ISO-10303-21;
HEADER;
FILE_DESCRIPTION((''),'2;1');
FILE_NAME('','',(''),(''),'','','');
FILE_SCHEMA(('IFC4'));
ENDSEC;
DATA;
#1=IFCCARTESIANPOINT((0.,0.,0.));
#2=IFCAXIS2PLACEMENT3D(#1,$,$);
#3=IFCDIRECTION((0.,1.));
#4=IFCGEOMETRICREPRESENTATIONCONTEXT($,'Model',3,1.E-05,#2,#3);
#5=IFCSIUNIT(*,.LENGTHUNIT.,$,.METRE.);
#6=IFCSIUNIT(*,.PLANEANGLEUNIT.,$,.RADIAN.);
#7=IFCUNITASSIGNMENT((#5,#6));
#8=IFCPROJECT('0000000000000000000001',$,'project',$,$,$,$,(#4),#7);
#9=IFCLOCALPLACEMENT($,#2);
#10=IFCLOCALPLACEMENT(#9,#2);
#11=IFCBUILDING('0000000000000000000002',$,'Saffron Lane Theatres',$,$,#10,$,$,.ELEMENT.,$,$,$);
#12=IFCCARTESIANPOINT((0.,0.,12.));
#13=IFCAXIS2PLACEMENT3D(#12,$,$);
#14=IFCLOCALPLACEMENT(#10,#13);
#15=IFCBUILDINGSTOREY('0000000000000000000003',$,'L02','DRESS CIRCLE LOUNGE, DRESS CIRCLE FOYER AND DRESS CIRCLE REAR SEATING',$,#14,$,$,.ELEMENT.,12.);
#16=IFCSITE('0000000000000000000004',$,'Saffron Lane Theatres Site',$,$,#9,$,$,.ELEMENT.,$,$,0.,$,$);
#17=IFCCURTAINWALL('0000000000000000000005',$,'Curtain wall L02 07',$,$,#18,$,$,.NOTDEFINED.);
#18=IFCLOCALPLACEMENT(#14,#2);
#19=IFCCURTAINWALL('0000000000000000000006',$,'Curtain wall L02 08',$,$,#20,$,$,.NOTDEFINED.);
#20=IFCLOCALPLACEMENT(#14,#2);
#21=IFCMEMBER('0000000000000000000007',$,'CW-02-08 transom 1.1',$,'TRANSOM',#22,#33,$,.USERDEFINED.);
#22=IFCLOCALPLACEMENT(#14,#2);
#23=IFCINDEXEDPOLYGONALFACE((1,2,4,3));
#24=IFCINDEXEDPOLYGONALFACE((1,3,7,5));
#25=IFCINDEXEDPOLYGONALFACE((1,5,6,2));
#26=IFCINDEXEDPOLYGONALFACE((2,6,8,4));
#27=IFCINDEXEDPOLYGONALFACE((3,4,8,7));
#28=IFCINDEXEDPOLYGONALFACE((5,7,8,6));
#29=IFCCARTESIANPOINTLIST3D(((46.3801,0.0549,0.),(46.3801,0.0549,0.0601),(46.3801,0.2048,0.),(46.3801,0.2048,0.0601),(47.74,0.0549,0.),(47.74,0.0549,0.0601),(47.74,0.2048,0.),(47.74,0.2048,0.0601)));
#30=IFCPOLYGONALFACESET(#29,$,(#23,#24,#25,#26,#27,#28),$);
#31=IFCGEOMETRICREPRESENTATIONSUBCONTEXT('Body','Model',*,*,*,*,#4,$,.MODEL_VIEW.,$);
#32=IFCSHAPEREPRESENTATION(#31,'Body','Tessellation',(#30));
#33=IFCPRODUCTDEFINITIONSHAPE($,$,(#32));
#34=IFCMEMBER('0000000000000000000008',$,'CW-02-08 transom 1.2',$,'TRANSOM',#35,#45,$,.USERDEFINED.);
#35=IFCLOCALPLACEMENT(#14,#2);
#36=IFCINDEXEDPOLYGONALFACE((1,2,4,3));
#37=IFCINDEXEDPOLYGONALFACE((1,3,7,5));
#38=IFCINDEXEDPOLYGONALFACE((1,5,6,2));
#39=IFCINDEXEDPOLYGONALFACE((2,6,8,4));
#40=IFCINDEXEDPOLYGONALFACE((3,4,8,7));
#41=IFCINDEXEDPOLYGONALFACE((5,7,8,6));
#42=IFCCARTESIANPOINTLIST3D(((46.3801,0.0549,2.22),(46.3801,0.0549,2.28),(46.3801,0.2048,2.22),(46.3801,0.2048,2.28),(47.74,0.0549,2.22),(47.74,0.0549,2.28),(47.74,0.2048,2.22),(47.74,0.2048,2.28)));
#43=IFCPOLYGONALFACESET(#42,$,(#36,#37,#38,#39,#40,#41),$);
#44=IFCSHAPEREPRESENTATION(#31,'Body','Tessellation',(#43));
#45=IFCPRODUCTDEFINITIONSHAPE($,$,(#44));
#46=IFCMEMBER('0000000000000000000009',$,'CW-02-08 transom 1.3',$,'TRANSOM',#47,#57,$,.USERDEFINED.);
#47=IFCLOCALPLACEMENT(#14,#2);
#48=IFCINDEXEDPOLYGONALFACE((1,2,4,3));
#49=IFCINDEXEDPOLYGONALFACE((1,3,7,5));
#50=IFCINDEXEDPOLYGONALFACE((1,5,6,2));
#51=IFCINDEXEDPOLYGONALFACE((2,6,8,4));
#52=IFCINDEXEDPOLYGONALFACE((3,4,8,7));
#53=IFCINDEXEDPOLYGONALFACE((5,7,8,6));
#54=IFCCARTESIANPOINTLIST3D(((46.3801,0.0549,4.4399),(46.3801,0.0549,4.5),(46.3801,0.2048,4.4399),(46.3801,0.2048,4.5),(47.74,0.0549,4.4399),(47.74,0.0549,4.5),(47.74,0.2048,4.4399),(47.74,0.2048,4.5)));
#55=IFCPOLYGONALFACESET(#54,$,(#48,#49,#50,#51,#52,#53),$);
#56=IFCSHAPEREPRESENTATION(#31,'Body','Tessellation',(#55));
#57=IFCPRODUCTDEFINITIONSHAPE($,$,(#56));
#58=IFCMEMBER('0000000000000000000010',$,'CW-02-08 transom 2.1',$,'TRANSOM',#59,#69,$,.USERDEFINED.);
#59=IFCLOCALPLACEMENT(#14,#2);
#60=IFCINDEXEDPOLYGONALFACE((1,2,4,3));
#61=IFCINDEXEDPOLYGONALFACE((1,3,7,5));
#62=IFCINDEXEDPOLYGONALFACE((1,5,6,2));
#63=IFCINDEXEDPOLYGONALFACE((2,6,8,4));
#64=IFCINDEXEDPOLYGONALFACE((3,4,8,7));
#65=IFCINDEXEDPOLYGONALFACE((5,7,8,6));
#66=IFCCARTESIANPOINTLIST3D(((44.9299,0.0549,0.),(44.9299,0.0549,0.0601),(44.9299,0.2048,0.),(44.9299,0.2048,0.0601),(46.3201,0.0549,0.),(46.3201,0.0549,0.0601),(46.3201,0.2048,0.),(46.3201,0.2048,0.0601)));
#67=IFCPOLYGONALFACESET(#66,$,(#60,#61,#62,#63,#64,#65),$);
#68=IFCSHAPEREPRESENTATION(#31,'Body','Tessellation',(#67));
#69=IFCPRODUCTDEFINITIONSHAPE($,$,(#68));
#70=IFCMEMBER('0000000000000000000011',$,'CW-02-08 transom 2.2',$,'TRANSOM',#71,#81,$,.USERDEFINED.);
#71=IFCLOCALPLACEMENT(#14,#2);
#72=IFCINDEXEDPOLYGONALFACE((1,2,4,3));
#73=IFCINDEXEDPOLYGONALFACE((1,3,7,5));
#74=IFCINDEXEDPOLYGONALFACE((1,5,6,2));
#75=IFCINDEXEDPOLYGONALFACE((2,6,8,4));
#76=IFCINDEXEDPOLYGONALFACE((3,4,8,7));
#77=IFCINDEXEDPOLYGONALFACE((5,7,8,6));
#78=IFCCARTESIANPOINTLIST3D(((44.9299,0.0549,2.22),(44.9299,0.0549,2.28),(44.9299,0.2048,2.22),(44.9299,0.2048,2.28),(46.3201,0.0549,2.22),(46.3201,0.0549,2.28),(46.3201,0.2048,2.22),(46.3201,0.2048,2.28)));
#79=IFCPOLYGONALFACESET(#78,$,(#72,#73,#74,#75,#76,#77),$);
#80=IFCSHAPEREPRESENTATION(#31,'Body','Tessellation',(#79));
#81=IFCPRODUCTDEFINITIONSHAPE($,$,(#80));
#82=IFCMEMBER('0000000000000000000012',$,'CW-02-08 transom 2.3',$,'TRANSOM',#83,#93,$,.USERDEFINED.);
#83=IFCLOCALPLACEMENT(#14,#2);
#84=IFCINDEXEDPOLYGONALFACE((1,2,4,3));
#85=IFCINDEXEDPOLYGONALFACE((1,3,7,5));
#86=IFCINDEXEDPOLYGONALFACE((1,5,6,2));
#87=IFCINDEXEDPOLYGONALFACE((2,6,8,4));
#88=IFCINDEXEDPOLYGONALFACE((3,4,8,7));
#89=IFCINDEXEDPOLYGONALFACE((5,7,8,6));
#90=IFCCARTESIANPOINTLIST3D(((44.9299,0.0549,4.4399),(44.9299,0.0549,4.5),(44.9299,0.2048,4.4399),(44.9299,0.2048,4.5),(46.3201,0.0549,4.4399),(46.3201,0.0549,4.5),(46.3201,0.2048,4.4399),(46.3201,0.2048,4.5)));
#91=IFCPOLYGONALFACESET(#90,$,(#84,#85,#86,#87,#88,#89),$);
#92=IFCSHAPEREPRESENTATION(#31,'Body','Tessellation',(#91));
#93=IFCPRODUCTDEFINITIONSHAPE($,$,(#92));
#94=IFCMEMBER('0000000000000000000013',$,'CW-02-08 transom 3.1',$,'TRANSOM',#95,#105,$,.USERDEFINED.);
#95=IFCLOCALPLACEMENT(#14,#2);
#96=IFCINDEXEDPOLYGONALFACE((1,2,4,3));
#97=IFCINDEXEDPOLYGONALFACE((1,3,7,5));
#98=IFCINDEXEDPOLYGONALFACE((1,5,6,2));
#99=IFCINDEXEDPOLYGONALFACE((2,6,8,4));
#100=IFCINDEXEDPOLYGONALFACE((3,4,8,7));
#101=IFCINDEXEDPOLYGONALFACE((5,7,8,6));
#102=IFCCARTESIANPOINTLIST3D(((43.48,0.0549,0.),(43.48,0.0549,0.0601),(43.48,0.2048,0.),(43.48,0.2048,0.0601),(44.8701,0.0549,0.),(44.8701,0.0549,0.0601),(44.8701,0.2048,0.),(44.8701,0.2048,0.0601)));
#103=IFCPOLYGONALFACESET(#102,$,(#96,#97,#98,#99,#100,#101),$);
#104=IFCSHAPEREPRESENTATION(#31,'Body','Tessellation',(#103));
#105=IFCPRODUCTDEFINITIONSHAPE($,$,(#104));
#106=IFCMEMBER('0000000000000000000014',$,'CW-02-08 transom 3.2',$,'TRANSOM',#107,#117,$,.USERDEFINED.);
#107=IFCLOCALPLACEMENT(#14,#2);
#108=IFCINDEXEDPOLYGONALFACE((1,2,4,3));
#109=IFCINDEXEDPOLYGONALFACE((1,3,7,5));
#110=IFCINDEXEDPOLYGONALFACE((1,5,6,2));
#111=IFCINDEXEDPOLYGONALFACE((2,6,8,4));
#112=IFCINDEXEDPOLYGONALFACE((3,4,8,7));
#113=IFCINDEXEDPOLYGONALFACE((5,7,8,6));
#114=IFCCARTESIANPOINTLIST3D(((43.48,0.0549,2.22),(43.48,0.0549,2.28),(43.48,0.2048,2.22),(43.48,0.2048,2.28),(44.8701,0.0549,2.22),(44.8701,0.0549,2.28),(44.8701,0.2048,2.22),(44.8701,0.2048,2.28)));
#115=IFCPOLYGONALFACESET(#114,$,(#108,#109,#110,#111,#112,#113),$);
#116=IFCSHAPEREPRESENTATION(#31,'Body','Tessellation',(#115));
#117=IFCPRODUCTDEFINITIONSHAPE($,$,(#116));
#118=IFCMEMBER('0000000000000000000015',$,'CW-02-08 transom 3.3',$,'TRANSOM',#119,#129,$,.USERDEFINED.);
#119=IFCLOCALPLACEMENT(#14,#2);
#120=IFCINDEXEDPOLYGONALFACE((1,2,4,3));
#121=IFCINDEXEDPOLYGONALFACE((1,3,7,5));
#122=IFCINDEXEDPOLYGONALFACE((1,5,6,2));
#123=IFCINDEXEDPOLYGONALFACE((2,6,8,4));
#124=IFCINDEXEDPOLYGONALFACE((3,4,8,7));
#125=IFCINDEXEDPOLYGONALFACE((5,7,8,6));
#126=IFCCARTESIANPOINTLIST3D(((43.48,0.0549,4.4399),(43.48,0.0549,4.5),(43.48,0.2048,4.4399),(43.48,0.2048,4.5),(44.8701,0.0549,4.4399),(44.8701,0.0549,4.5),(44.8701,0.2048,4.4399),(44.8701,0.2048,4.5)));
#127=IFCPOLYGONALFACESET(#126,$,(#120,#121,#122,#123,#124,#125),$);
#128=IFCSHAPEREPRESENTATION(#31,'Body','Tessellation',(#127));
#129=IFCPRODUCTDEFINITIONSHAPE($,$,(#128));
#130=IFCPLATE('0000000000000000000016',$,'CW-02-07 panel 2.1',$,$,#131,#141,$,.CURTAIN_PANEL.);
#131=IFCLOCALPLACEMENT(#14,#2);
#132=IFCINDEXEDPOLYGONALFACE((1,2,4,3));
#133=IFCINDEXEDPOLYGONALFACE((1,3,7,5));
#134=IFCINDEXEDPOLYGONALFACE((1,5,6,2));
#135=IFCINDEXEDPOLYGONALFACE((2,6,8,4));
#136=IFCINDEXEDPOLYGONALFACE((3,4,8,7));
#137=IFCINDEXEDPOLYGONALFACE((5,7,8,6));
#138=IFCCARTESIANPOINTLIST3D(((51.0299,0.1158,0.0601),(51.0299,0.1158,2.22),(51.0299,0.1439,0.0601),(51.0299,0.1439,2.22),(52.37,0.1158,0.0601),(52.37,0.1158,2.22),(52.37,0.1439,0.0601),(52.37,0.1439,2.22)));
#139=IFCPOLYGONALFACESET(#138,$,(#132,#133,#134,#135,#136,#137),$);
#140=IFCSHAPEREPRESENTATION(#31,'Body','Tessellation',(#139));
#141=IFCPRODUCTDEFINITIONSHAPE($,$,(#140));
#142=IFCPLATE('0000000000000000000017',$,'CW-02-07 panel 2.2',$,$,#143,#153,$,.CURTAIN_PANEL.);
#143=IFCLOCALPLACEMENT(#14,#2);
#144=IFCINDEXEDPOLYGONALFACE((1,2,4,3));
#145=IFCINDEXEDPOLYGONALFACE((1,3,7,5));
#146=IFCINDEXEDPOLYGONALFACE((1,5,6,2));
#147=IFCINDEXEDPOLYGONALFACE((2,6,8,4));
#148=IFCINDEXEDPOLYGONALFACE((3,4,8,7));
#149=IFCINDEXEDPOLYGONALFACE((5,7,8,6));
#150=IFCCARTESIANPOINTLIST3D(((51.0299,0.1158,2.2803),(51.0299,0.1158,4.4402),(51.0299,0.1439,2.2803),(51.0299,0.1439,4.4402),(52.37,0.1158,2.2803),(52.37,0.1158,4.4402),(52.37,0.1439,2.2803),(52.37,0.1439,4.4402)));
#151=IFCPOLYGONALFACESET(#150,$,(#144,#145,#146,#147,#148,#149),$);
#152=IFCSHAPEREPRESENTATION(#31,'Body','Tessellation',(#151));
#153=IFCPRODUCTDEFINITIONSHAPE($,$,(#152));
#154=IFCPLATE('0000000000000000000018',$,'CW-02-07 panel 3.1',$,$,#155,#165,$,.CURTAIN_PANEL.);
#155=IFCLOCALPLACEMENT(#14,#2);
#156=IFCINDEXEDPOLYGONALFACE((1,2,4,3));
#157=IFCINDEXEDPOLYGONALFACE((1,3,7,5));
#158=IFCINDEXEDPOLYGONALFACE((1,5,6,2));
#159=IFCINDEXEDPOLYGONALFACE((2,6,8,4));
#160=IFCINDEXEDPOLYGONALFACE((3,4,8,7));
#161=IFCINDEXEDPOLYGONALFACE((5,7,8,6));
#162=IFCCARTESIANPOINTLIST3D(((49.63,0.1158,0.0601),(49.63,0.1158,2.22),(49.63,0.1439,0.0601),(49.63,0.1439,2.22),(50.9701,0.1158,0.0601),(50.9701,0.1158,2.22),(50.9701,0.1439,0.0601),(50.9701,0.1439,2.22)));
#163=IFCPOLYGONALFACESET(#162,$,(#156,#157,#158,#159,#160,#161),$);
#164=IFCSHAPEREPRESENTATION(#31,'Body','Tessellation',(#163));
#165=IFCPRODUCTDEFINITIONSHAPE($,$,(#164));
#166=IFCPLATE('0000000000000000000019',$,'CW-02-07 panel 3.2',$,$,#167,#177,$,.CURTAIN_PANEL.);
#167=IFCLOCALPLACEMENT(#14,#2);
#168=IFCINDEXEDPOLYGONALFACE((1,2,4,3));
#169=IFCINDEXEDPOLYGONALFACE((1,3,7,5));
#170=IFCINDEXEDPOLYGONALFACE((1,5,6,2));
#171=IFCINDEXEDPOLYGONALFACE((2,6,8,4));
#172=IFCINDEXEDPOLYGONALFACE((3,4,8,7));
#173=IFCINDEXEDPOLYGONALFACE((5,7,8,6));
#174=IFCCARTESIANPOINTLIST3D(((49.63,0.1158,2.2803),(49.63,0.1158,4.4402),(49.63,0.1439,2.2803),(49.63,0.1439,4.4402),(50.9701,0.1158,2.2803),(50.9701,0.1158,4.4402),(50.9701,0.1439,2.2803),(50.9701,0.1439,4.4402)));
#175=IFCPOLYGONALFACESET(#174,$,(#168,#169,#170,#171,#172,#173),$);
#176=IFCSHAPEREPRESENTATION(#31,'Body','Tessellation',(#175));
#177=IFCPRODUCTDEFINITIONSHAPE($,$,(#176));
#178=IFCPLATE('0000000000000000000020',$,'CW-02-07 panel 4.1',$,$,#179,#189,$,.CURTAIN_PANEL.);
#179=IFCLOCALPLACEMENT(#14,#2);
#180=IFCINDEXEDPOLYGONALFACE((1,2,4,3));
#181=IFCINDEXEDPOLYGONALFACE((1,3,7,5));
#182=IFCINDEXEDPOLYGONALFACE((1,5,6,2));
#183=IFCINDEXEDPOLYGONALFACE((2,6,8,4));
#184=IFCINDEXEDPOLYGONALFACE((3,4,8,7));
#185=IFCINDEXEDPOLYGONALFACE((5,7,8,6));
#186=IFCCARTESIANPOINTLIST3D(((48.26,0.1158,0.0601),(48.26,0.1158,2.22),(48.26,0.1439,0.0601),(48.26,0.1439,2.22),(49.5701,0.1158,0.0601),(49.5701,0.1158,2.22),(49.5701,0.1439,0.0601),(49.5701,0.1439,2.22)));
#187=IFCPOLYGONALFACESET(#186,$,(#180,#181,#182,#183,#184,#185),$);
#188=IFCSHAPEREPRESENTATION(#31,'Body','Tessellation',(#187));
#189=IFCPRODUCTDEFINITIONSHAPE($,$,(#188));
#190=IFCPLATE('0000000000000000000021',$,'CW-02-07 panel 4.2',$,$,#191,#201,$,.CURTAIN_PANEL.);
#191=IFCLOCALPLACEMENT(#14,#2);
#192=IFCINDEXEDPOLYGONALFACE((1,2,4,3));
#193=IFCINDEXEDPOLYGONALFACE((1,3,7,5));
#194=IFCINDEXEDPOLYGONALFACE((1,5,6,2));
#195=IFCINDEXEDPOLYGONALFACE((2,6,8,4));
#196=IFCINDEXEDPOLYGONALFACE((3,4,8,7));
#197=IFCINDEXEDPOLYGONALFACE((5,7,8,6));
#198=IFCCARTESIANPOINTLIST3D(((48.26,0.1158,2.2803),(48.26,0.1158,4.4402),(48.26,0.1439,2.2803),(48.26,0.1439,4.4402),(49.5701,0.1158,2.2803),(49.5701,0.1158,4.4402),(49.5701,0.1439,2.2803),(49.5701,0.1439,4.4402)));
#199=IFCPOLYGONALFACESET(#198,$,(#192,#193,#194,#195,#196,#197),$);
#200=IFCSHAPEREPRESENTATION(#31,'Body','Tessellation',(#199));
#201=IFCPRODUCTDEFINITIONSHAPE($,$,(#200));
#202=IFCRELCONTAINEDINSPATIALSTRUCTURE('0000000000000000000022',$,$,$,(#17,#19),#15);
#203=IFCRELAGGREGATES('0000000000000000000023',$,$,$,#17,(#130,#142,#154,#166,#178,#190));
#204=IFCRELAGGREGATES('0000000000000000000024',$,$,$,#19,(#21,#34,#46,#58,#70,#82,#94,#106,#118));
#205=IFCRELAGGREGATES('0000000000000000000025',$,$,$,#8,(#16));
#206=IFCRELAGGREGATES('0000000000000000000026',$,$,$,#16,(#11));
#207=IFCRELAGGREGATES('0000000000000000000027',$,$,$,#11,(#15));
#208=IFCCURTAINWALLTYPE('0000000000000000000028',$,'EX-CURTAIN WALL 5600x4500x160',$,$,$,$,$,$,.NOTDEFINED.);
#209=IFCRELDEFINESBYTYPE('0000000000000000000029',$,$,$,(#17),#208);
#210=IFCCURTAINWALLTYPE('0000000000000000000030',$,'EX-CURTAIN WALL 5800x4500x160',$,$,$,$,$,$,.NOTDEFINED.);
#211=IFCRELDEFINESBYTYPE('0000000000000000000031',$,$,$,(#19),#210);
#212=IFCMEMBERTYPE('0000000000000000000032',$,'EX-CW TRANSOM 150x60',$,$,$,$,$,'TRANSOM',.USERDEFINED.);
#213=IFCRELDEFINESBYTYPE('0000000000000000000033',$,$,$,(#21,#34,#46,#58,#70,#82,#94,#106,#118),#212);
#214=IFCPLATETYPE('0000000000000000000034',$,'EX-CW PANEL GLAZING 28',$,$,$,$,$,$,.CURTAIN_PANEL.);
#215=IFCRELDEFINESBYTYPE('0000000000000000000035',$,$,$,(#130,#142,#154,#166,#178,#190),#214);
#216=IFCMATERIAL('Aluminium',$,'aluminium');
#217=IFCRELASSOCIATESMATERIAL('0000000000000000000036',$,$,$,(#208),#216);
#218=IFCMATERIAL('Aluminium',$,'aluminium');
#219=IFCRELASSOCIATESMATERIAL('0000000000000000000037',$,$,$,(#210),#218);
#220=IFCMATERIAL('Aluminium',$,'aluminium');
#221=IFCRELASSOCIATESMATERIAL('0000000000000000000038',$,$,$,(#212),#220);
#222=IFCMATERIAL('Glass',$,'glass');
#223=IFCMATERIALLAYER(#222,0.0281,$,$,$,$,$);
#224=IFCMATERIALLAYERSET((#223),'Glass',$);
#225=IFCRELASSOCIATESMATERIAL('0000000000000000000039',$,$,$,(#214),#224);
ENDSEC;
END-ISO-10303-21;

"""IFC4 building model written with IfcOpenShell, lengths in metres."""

from ifc_helpers import new_model, si_unit, direction, frame, origin, origin_2d, place, context, subcontext, project, spatial, rectangle, extrude, material, layer, layer_set, material_profile, profile_set, type_object, element, aggregate, save


model = new_model("IFC4")

# Units and contexts
model_context = context("Model", 3, precision=1e-05, world=origin(), true_north=direction((0.0, 1.0)))
body_context = subcontext(model_context, "Body", "Model", "MODEL_VIEW")
ifc_project = project(units=[si_unit("LENGTHUNIT", "METRE"), si_unit("PLANEANGLEUNIT", "RADIAN")], contexts=[model_context])

# Site, building, storey
site_placement = place(None, origin())
site = spatial("IfcSite", under=ifc_project, at=site_placement, Name="Saffron Lane Theatres Site", CompositionType="ELEMENT", RefElevation=0.0)
building_placement = place(site_placement, origin())
building = spatial("IfcBuilding", under=site, at=building_placement, Name="Saffron Lane Theatres", CompositionType="ELEMENT")
storey_placement = place(building_placement, frame((0.0, 0.0, 12.0)))
storey = spatial("IfcBuildingStorey", under=building, at=storey_placement, Name="L02", Description="DRESS CIRCLE LOUNGE, DRESS CIRCLE FOYER AND DRESS CIRCLE REAR SEATING", CompositionType="ELEMENT", Elevation=12.0)

# Curtain walls
ifc_material_1 = material(Name="Aluminium", Category="aluminium")
curtain_wall_type_1 = type_object("IfcCurtainWallType", Name="EX-CURTAIN WALL 5600x4500x160", PredefinedType="NOTDEFINED", material=ifc_material_1)
curtain_wall_1_placement = place(storey_placement, origin())
curtain_wall_1 = element("IfcCurtainWall", 1, at=curtain_wall_1_placement, inside=storey, type_object=curtain_wall_type_1, Name="Curtain wall L02 07", PredefinedType="NOTDEFINED")
ifc_material_2 = material(Name="Aluminium", Category="aluminium")
curtain_wall_type_2 = type_object("IfcCurtainWallType", Name="EX-CURTAIN WALL 5800x4500x160", PredefinedType="NOTDEFINED", material=ifc_material_2)
curtain_wall_2_placement = place(storey_placement, origin())
curtain_wall_2 = element("IfcCurtainWall", 2, at=curtain_wall_2_placement, inside=storey, type_object=curtain_wall_type_2, Name="Curtain wall L02 08", PredefinedType="NOTDEFINED")

# Members
ifc_material_3 = material(Name="Aluminium", Category="aluminium")
ifc_material_profile_1 = material_profile(ifc_material_3, rectangle(XDim=0.1499, YDim=0.0601, at=origin_2d()))
ifc_profile_set_1 = profile_set([ifc_material_profile_1], Name="Aluminium")
member_type_1 = type_object("IfcMemberType", Name="EX-CW TRANSOM 150x60", ElementType="TRANSOM", PredefinedType="USERDEFINED", material=ifc_profile_set_1)
member_1_placement = place(storey_placement, frame((47.74, 0.1299, 0.03), z_axis=(-1.0, 0.0, 0.0), x_axis=(0.0, -1.0, 0.0)))
member_1 = element("IfcMember", 3, at=member_1_placement, type_object=member_type_1, Name="CW-02-08 transom 1.1", ObjectType="TRANSOM", PredefinedType="USERDEFINED", context=body_context, shape_type="SweptSolid", body=[
    extrude(rectangle(XDim=0.1499, YDim=0.0601, at=origin_2d()), origin(), (0.0, 0.0, 1.0), 1.3599),
])
member_2_placement = place(storey_placement, frame((47.74, 0.1299, 2.25), z_axis=(-1.0, 0.0, 0.0), x_axis=(0.0, -1.0, 0.0)))
member_2 = element("IfcMember", 4, at=member_2_placement, type_object=member_type_1, Name="CW-02-08 transom 1.2", ObjectType="TRANSOM", PredefinedType="USERDEFINED", context=body_context, shape_type="SweptSolid", body=[
    extrude(rectangle(XDim=0.1499, YDim=0.0601, at=origin_2d()), origin(), (0.0, 0.0, 1.0), 1.3599),
])
member_3_placement = place(storey_placement, frame((47.74, 0.1299, 4.47), z_axis=(-1.0, 0.0, 0.0), x_axis=(0.0, -1.0, 0.0)))
member_3 = element("IfcMember", 5, at=member_3_placement, type_object=member_type_1, Name="CW-02-08 transom 1.3", ObjectType="TRANSOM", PredefinedType="USERDEFINED", context=body_context, shape_type="SweptSolid", body=[
    extrude(rectangle(XDim=0.1499, YDim=0.0601, at=origin_2d()), origin(), (0.0, 0.0, 1.0), 1.3599),
])
member_4_placement = place(storey_placement, frame((46.3201, 0.1299, 0.03), z_axis=(-1.0, 0.0, 0.0), x_axis=(0.0, -1.0, 0.0)))
member_4 = element("IfcMember", 6, at=member_4_placement, type_object=member_type_1, Name="CW-02-08 transom 2.1", ObjectType="TRANSOM", PredefinedType="USERDEFINED", context=body_context, shape_type="SweptSolid", body=[
    extrude(rectangle(XDim=0.1499, YDim=0.0601, at=origin_2d()), origin(), (0.0, 0.0, 1.0), 1.3901),
])
member_5_placement = place(storey_placement, frame((46.3201, 0.1299, 2.25), z_axis=(-1.0, 0.0, 0.0), x_axis=(0.0, -1.0, 0.0)))
member_5 = element("IfcMember", 7, at=member_5_placement, type_object=member_type_1, Name="CW-02-08 transom 2.2", ObjectType="TRANSOM", PredefinedType="USERDEFINED", context=body_context, shape_type="SweptSolid", body=[
    extrude(rectangle(XDim=0.1499, YDim=0.0601, at=origin_2d()), origin(), (0.0, 0.0, 1.0), 1.3901),
])
member_6_placement = place(storey_placement, frame((46.3201, 0.1299, 4.47), z_axis=(-1.0, 0.0, 0.0), x_axis=(0.0, -1.0, 0.0)))
member_6 = element("IfcMember", 8, at=member_6_placement, type_object=member_type_1, Name="CW-02-08 transom 2.3", ObjectType="TRANSOM", PredefinedType="USERDEFINED", context=body_context, shape_type="SweptSolid", body=[
    extrude(rectangle(XDim=0.1499, YDim=0.0601, at=origin_2d()), origin(), (0.0, 0.0, 1.0), 1.3901),
])
member_7_placement = place(storey_placement, frame((44.8701, 0.1299, 0.03), z_axis=(-1.0, 0.0, 0.0), x_axis=(0.0, -1.0, 0.0)))
member_7 = element("IfcMember", 9, at=member_7_placement, type_object=member_type_1, Name="CW-02-08 transom 3.1", ObjectType="TRANSOM", PredefinedType="USERDEFINED", context=body_context, shape_type="SweptSolid", body=[
    extrude(rectangle(XDim=0.1499, YDim=0.0601, at=origin_2d()), origin(), (0.0, 0.0, 1.0), 1.3901),
])
member_8_placement = place(storey_placement, frame((44.8701, 0.1299, 2.25), z_axis=(-1.0, 0.0, 0.0), x_axis=(0.0, -1.0, 0.0)))
member_8 = element("IfcMember", 10, at=member_8_placement, type_object=member_type_1, Name="CW-02-08 transom 3.2", ObjectType="TRANSOM", PredefinedType="USERDEFINED", context=body_context, shape_type="SweptSolid", body=[
    extrude(rectangle(XDim=0.1499, YDim=0.0601, at=origin_2d()), origin(), (0.0, 0.0, 1.0), 1.3901),
])
member_9_placement = place(storey_placement, frame((44.8701, 0.1299, 4.47), z_axis=(-1.0, 0.0, 0.0), x_axis=(0.0, -1.0, 0.0)))
member_9 = element("IfcMember", 11, at=member_9_placement, type_object=member_type_1, Name="CW-02-08 transom 3.3", ObjectType="TRANSOM", PredefinedType="USERDEFINED", context=body_context, shape_type="SweptSolid", body=[
    extrude(rectangle(XDim=0.1499, YDim=0.0601, at=origin_2d()), origin(), (0.0, 0.0, 1.0), 1.3901),
])

# Plates
ifc_material_4 = material(Name="Glass", Category="glass")
ifc_layer = layer(ifc_material_4, 0.0281)
ifc_layer_set = layer_set([ifc_layer], Name="Glass")
plate_type = type_object("IfcPlateType", Name="EX-CW PANEL GLAZING 28", PredefinedType="CURTAIN_PANEL", material=ifc_layer_set)
plate_1_placement = place(storey_placement, frame((51.7, 0.1299, 0.0601), z_axis=(0.0, 0.0, 1.0), x_axis=(-1.0, 0.0, 0.0)))
plate_1 = element("IfcPlate", 12, at=plate_1_placement, type_object=plate_type, Name="CW-02-07 panel 2.1", PredefinedType="CURTAIN_PANEL", context=body_context, shape_type="SweptSolid", body=[
    extrude(rectangle(XDim=1.3401, YDim=0.0281, at=origin_2d()), origin(), (0.0, 0.0, 1.0), 2.1599),
])
plate_2_placement = place(storey_placement, frame((51.7, 0.1299, 2.2803), z_axis=(0.0, 0.0, 1.0), x_axis=(-1.0, 0.0, 0.0)))
plate_2 = element("IfcPlate", 13, at=plate_2_placement, type_object=plate_type, Name="CW-02-07 panel 2.2", PredefinedType="CURTAIN_PANEL", context=body_context, shape_type="SweptSolid", body=[
    extrude(rectangle(XDim=1.3401, YDim=0.0281, at=origin_2d()), origin(), (0.0, 0.0, 1.0), 2.1599),
])
plate_3_placement = place(storey_placement, frame((50.3, 0.1299, 0.0601), z_axis=(0.0, 0.0, 1.0), x_axis=(-1.0, 0.0, 0.0)))
plate_3 = element("IfcPlate", 14, at=plate_3_placement, type_object=plate_type, Name="CW-02-07 panel 3.1", PredefinedType="CURTAIN_PANEL", context=body_context, shape_type="SweptSolid", body=[
    extrude(rectangle(XDim=1.3401, YDim=0.0281, at=origin_2d()), origin(), (0.0, 0.0, 1.0), 2.1599),
])
plate_4_placement = place(storey_placement, frame((50.3, 0.1299, 2.2803), z_axis=(0.0, 0.0, 1.0), x_axis=(-1.0, 0.0, 0.0)))
plate_4 = element("IfcPlate", 15, at=plate_4_placement, type_object=plate_type, Name="CW-02-07 panel 3.2", PredefinedType="CURTAIN_PANEL", context=body_context, shape_type="SweptSolid", body=[
    extrude(rectangle(XDim=1.3401, YDim=0.0281, at=origin_2d()), origin(), (0.0, 0.0, 1.0), 2.1599),
])
plate_5_placement = place(storey_placement, frame((48.915, 0.1299, 0.0601), z_axis=(0.0, 0.0, 1.0), x_axis=(-1.0, 0.0, 0.0)))
plate_5 = element("IfcPlate", 16, at=plate_5_placement, type_object=plate_type, Name="CW-02-07 panel 4.1", PredefinedType="CURTAIN_PANEL", context=body_context, shape_type="SweptSolid", body=[
    extrude(rectangle(XDim=1.3101, YDim=0.0281, at=origin_2d()), origin(), (0.0, 0.0, 1.0), 2.1599),
])
plate_6_placement = place(storey_placement, frame((48.915, 0.1299, 2.2803), z_axis=(0.0, 0.0, 1.0), x_axis=(-1.0, 0.0, 0.0)))
plate_6 = element("IfcPlate", 17, at=plate_6_placement, type_object=plate_type, Name="CW-02-07 panel 4.2", PredefinedType="CURTAIN_PANEL", context=body_context, shape_type="SweptSolid", body=[
    extrude(rectangle(XDim=1.3101, YDim=0.0281, at=origin_2d()), origin(), (0.0, 0.0, 1.0), 2.1599),
])
aggregate(curtain_wall_1, [plate_1, plate_2, plate_3, plate_4, plate_5, plate_6])
aggregate(curtain_wall_2, [member_1, member_2, member_3, member_4, member_5, member_6, member_7, member_8, member_9])

save(model, "model.ifc")
